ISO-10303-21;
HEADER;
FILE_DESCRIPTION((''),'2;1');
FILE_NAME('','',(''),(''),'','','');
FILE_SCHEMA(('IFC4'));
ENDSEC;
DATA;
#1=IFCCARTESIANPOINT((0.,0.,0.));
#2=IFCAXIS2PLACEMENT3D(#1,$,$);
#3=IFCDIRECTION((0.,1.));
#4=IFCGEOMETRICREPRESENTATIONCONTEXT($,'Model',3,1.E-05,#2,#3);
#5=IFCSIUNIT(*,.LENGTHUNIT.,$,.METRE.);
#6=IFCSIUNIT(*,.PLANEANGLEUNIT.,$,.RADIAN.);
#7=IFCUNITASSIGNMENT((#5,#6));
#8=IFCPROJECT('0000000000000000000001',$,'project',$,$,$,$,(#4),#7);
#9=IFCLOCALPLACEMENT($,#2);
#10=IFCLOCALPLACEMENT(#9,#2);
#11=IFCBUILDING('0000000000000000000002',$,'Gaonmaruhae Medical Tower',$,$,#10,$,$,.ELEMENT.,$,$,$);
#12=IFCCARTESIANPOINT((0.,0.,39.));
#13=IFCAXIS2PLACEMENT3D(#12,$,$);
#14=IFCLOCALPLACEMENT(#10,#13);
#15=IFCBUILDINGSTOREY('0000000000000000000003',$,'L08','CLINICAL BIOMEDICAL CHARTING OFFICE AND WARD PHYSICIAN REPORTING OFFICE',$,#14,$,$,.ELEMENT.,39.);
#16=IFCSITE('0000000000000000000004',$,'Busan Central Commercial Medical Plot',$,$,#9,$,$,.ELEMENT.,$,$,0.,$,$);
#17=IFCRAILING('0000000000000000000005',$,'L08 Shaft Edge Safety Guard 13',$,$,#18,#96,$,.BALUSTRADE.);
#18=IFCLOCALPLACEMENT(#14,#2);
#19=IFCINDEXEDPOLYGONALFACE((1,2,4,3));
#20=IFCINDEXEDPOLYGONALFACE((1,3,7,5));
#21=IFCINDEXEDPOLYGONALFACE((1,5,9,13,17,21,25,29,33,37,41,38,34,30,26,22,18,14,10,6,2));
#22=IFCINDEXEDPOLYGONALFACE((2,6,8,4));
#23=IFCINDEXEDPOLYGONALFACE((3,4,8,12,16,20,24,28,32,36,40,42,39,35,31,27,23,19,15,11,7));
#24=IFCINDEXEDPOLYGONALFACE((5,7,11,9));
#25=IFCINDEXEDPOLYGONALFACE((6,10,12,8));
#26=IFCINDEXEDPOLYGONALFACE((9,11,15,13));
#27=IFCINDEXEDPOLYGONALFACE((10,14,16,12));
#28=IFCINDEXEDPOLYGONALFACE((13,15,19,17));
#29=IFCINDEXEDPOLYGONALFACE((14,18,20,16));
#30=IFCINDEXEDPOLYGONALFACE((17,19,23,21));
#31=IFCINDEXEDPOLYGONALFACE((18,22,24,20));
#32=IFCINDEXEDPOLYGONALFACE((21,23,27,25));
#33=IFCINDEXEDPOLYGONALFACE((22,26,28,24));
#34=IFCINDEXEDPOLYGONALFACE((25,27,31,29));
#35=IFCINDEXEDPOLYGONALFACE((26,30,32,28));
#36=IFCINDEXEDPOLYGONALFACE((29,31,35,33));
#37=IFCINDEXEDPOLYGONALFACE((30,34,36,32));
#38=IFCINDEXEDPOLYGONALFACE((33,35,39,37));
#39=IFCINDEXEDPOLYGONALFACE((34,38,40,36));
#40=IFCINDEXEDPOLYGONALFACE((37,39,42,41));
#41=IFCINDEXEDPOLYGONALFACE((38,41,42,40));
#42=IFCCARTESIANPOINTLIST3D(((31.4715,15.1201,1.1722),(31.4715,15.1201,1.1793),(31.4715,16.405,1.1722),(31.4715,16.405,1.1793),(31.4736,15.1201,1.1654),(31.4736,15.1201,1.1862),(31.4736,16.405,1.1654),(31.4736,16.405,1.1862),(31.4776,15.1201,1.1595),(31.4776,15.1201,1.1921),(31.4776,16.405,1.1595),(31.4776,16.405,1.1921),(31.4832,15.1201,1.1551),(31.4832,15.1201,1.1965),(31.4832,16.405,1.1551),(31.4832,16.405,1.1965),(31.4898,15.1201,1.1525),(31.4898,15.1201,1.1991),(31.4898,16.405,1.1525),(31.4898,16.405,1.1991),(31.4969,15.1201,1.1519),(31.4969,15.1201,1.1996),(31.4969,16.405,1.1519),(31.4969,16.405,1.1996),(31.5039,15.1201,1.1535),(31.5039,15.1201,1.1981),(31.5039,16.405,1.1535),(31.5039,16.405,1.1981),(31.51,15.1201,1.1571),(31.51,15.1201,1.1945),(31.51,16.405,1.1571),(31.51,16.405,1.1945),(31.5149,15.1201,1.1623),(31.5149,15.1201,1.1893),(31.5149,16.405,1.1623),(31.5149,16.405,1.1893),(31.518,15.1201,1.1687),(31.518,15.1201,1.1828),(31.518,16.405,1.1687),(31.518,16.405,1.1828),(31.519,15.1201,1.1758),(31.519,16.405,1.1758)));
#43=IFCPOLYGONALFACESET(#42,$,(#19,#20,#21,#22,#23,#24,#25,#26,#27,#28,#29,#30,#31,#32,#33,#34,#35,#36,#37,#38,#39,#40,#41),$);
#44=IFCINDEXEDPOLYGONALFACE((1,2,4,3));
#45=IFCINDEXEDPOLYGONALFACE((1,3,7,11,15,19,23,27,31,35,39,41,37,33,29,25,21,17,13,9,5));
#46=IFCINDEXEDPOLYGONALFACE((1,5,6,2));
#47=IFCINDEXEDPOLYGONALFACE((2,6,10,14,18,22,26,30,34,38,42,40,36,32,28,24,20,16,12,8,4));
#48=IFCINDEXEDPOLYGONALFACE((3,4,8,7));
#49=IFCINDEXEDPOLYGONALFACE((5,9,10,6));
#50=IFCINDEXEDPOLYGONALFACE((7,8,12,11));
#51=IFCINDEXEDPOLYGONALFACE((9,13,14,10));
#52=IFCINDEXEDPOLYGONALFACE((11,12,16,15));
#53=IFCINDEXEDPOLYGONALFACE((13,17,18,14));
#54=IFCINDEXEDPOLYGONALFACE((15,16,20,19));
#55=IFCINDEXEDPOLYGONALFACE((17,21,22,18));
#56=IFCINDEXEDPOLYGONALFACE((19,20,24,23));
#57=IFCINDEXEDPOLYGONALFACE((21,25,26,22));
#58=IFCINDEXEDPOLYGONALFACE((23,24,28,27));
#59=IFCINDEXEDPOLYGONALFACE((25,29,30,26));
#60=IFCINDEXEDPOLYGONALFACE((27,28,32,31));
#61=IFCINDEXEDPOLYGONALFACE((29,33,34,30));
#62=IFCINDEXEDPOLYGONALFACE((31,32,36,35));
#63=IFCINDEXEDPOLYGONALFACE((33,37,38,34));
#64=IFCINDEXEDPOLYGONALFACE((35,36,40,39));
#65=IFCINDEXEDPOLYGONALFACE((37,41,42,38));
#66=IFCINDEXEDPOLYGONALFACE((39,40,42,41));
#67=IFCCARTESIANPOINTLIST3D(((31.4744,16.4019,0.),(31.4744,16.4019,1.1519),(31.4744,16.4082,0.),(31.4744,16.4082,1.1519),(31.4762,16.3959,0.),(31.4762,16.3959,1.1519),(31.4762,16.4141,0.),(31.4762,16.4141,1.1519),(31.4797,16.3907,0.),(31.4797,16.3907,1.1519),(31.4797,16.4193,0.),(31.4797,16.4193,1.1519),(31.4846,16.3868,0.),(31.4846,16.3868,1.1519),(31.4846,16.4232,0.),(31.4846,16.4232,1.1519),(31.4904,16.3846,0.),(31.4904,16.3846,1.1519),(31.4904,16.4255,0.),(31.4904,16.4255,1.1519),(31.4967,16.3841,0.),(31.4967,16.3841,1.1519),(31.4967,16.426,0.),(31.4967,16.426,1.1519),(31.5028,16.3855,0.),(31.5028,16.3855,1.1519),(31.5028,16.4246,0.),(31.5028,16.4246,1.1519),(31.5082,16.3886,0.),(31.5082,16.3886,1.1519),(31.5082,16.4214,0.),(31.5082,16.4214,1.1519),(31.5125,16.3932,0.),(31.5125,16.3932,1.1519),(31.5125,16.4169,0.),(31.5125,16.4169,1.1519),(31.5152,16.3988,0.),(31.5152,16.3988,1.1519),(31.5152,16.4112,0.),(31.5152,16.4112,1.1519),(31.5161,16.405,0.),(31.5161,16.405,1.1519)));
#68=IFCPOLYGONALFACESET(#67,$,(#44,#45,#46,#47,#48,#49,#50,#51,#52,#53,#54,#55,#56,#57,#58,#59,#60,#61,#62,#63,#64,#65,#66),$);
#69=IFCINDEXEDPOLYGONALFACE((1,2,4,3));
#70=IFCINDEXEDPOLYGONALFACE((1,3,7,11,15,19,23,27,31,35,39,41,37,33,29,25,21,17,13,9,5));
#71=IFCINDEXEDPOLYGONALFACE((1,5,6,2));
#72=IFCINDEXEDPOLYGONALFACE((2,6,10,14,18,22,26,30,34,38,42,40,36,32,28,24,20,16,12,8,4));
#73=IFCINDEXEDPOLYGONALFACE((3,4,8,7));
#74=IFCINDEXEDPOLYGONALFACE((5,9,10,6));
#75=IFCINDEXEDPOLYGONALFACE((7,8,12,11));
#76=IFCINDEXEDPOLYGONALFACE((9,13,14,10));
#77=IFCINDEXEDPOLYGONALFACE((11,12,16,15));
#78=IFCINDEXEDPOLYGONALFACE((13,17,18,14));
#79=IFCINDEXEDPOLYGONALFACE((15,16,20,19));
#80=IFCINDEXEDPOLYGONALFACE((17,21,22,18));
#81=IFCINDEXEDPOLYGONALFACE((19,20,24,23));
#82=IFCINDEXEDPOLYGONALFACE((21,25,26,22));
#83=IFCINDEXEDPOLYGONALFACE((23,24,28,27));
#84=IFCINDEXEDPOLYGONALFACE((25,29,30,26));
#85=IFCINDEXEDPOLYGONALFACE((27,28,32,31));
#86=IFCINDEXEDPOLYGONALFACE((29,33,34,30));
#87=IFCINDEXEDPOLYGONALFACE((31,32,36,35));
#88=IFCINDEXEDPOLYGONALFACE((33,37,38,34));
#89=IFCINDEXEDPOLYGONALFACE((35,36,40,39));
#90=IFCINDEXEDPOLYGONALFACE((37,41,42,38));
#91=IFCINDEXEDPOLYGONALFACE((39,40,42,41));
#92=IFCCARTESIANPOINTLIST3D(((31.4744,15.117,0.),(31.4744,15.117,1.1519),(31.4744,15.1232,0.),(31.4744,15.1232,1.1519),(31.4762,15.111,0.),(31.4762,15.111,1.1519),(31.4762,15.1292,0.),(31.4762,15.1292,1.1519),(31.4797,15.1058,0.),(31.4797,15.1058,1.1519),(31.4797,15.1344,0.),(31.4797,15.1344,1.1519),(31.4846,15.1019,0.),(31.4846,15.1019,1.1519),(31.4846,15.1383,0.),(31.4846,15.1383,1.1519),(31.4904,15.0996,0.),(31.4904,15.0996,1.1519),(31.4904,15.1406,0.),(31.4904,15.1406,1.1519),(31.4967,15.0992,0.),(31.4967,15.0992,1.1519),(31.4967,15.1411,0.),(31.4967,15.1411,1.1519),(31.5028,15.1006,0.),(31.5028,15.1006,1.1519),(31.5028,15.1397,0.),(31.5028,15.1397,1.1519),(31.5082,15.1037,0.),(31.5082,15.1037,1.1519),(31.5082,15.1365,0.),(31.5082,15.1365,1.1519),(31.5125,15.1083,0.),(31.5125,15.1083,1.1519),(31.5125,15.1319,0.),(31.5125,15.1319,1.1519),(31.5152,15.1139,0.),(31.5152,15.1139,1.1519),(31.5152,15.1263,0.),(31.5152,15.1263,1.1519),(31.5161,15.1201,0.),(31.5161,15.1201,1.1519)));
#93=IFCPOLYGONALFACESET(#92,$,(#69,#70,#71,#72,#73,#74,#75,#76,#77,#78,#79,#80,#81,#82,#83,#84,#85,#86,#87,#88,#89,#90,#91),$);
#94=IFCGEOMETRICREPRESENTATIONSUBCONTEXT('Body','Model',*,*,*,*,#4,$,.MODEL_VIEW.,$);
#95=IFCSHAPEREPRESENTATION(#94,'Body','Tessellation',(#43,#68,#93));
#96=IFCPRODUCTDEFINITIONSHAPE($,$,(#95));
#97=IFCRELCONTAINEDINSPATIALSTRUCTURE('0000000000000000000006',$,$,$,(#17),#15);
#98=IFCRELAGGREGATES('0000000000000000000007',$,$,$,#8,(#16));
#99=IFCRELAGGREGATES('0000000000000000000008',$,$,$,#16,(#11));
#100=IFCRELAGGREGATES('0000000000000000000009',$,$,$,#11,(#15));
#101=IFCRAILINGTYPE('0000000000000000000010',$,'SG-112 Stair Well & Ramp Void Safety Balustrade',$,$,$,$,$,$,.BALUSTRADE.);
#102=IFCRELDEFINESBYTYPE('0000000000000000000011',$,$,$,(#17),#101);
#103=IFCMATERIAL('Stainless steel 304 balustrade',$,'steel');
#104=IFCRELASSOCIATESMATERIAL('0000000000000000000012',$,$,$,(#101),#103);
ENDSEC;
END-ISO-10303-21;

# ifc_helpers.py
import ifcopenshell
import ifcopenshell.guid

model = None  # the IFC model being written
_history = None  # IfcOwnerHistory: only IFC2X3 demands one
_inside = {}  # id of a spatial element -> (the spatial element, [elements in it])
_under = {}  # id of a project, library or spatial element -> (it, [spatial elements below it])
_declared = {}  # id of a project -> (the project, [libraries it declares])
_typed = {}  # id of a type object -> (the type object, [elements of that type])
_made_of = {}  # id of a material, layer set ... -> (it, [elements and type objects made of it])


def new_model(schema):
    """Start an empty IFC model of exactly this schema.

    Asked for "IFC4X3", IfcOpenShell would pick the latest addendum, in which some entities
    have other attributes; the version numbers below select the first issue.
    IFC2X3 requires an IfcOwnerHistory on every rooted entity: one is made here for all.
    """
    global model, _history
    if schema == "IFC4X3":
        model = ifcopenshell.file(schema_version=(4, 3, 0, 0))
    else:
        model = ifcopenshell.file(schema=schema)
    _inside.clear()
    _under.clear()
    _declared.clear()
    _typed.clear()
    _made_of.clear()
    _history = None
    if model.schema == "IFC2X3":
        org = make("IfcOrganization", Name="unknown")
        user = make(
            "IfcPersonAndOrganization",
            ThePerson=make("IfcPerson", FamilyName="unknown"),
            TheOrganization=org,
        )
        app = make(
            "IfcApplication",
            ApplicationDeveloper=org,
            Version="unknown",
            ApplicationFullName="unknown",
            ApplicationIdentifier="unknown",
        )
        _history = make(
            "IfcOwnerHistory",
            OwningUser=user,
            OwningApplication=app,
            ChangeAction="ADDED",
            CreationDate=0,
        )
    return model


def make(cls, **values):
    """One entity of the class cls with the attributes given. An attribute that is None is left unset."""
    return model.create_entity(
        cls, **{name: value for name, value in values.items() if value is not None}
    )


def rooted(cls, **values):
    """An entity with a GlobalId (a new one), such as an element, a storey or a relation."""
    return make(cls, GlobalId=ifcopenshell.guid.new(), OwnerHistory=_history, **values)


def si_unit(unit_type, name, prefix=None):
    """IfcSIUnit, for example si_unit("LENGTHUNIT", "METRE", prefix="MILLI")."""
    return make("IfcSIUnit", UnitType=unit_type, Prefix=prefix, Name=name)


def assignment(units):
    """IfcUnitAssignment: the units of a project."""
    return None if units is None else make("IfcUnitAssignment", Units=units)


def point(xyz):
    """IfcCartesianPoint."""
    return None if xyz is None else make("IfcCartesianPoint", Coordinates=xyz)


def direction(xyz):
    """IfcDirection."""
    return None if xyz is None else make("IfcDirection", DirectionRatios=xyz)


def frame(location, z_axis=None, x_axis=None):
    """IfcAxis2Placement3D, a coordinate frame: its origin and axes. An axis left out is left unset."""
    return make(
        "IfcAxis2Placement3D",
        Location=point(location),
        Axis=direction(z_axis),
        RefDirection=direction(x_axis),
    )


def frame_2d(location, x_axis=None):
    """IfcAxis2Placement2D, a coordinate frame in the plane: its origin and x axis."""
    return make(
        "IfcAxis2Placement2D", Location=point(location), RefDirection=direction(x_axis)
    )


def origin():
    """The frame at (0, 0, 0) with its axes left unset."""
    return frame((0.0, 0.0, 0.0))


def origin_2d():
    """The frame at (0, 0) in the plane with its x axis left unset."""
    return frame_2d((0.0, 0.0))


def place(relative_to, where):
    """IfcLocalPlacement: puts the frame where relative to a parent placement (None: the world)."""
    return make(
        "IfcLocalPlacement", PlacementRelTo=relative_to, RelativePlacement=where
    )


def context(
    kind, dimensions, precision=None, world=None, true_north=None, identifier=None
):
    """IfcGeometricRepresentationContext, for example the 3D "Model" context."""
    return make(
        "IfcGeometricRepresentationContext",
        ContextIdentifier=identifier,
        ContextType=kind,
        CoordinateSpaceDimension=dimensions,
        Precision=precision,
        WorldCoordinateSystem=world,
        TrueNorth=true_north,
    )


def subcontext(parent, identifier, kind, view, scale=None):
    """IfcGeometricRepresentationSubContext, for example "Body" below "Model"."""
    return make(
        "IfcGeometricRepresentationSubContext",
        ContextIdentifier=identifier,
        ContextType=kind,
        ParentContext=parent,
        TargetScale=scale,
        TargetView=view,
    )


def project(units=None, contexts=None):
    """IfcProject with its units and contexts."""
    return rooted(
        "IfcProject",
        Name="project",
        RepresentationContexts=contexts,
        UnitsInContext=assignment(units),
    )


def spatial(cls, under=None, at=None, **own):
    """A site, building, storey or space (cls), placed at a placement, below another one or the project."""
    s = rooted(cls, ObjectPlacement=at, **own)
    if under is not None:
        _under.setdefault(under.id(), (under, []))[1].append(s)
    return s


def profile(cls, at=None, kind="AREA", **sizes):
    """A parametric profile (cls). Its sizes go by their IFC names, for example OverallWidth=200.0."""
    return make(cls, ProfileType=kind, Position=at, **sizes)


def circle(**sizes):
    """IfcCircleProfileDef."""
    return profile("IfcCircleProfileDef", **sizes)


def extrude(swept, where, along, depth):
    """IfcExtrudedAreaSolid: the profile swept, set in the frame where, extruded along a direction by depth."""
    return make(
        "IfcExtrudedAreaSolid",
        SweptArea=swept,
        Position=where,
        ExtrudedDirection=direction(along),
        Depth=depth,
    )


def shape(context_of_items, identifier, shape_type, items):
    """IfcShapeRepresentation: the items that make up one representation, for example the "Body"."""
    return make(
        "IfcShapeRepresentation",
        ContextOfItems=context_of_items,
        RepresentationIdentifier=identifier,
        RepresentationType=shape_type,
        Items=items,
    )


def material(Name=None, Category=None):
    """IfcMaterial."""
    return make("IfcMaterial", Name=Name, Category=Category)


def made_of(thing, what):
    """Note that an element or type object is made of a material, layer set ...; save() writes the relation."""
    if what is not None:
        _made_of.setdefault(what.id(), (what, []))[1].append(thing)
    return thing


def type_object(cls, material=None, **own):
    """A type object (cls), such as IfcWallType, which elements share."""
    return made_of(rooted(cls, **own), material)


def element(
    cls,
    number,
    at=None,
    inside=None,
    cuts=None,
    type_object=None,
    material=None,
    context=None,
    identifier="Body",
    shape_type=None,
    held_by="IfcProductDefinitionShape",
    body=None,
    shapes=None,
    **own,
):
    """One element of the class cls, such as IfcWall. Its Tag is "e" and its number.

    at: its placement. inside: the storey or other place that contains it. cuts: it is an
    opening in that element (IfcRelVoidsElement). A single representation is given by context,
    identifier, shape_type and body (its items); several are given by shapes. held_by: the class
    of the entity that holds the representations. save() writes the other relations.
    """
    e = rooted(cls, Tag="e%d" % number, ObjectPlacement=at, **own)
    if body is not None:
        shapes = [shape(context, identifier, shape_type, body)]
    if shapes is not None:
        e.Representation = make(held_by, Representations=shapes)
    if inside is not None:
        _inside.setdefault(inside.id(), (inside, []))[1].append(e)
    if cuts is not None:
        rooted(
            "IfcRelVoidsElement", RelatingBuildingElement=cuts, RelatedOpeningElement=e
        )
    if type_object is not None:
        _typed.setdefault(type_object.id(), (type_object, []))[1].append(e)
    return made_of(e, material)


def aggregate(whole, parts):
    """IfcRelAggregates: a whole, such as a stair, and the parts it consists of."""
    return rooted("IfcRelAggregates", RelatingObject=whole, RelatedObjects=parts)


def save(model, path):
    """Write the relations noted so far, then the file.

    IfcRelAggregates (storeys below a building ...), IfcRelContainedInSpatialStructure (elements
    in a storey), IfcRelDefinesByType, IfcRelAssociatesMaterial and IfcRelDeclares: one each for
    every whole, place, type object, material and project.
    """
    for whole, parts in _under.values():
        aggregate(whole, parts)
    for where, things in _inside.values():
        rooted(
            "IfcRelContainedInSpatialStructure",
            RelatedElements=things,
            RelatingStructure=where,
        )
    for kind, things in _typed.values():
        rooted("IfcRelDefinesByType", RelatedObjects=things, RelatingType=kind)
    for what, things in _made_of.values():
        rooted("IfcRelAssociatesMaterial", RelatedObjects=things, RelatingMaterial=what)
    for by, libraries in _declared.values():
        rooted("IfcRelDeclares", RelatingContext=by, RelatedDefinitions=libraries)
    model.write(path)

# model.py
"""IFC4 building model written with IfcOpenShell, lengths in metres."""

from ifc_helpers import new_model, si_unit, direction, frame, origin, origin_2d, place, context, subcontext, project, spatial, circle, extrude, material, type_object, element, save


model = new_model("IFC4")

# Units and contexts
model_context = context("Model", 3, precision=1e-05, world=origin(), true_north=direction((0.0, 1.0)))
body_context = subcontext(model_context, "Body", "Model", "MODEL_VIEW")
ifc_project = project(units=[si_unit("LENGTHUNIT", "METRE"), si_unit("PLANEANGLEUNIT", "RADIAN")], contexts=[model_context])

# Site, building, storey
site_placement = place(None, origin())
site = spatial("IfcSite", under=ifc_project, at=site_placement, Name="Busan Central Commercial Medical Plot", CompositionType="ELEMENT", RefElevation=0.0)
building_placement = place(site_placement, origin())
building = spatial("IfcBuilding", under=site, at=building_placement, Name="Gaonmaruhae Medical Tower", CompositionType="ELEMENT")
storey_placement = place(building_placement, frame((0.0, 0.0, 39.0)))
storey = spatial("IfcBuildingStorey", under=building, at=storey_placement, Name="L08", Description="CLINICAL BIOMEDICAL CHARTING OFFICE AND WARD PHYSICIAN REPORTING OFFICE", CompositionType="ELEMENT", Elevation=39.0)

# Railing
ifc_material_1 = material(Name="Stainless steel 304 balustrade", Category="steel")
railing_type = type_object("IfcRailingType", Name="SG-112 Stair Well & Ramp Void Safety Balustrade", PredefinedType="BALUSTRADE", material=ifc_material_1)
railing_1_placement = place(storey_placement, frame((31.4951, 16.405, 0.0)))
element("IfcRailing", 1, at=railing_1_placement, inside=storey, type_object=railing_type, Name="L08 Shaft Edge Safety Guard 13", PredefinedType="BALUSTRADE", context=body_context, shape_type="SweptSolid", body=[
    extrude(circle(Radius=0.0239, at=origin_2d()), frame((0.0, 0.0, 1.1758), z_axis=(0.0, -1.0, 0.0), x_axis=(1.0, 0.0, 0.0)), (0.0, 0.0, 1.0), 1.2849),
    extrude(circle(Radius=0.021, at=origin_2d()), origin(), (0.0, 0.0, 1.0), 1.1519),
    extrude(circle(Radius=0.021, at=origin_2d()), frame((0.0, -1.2849, 0.0)), (0.0, 0.0, 1.0), 1.1519),
])

save(model, "model.ifc")
